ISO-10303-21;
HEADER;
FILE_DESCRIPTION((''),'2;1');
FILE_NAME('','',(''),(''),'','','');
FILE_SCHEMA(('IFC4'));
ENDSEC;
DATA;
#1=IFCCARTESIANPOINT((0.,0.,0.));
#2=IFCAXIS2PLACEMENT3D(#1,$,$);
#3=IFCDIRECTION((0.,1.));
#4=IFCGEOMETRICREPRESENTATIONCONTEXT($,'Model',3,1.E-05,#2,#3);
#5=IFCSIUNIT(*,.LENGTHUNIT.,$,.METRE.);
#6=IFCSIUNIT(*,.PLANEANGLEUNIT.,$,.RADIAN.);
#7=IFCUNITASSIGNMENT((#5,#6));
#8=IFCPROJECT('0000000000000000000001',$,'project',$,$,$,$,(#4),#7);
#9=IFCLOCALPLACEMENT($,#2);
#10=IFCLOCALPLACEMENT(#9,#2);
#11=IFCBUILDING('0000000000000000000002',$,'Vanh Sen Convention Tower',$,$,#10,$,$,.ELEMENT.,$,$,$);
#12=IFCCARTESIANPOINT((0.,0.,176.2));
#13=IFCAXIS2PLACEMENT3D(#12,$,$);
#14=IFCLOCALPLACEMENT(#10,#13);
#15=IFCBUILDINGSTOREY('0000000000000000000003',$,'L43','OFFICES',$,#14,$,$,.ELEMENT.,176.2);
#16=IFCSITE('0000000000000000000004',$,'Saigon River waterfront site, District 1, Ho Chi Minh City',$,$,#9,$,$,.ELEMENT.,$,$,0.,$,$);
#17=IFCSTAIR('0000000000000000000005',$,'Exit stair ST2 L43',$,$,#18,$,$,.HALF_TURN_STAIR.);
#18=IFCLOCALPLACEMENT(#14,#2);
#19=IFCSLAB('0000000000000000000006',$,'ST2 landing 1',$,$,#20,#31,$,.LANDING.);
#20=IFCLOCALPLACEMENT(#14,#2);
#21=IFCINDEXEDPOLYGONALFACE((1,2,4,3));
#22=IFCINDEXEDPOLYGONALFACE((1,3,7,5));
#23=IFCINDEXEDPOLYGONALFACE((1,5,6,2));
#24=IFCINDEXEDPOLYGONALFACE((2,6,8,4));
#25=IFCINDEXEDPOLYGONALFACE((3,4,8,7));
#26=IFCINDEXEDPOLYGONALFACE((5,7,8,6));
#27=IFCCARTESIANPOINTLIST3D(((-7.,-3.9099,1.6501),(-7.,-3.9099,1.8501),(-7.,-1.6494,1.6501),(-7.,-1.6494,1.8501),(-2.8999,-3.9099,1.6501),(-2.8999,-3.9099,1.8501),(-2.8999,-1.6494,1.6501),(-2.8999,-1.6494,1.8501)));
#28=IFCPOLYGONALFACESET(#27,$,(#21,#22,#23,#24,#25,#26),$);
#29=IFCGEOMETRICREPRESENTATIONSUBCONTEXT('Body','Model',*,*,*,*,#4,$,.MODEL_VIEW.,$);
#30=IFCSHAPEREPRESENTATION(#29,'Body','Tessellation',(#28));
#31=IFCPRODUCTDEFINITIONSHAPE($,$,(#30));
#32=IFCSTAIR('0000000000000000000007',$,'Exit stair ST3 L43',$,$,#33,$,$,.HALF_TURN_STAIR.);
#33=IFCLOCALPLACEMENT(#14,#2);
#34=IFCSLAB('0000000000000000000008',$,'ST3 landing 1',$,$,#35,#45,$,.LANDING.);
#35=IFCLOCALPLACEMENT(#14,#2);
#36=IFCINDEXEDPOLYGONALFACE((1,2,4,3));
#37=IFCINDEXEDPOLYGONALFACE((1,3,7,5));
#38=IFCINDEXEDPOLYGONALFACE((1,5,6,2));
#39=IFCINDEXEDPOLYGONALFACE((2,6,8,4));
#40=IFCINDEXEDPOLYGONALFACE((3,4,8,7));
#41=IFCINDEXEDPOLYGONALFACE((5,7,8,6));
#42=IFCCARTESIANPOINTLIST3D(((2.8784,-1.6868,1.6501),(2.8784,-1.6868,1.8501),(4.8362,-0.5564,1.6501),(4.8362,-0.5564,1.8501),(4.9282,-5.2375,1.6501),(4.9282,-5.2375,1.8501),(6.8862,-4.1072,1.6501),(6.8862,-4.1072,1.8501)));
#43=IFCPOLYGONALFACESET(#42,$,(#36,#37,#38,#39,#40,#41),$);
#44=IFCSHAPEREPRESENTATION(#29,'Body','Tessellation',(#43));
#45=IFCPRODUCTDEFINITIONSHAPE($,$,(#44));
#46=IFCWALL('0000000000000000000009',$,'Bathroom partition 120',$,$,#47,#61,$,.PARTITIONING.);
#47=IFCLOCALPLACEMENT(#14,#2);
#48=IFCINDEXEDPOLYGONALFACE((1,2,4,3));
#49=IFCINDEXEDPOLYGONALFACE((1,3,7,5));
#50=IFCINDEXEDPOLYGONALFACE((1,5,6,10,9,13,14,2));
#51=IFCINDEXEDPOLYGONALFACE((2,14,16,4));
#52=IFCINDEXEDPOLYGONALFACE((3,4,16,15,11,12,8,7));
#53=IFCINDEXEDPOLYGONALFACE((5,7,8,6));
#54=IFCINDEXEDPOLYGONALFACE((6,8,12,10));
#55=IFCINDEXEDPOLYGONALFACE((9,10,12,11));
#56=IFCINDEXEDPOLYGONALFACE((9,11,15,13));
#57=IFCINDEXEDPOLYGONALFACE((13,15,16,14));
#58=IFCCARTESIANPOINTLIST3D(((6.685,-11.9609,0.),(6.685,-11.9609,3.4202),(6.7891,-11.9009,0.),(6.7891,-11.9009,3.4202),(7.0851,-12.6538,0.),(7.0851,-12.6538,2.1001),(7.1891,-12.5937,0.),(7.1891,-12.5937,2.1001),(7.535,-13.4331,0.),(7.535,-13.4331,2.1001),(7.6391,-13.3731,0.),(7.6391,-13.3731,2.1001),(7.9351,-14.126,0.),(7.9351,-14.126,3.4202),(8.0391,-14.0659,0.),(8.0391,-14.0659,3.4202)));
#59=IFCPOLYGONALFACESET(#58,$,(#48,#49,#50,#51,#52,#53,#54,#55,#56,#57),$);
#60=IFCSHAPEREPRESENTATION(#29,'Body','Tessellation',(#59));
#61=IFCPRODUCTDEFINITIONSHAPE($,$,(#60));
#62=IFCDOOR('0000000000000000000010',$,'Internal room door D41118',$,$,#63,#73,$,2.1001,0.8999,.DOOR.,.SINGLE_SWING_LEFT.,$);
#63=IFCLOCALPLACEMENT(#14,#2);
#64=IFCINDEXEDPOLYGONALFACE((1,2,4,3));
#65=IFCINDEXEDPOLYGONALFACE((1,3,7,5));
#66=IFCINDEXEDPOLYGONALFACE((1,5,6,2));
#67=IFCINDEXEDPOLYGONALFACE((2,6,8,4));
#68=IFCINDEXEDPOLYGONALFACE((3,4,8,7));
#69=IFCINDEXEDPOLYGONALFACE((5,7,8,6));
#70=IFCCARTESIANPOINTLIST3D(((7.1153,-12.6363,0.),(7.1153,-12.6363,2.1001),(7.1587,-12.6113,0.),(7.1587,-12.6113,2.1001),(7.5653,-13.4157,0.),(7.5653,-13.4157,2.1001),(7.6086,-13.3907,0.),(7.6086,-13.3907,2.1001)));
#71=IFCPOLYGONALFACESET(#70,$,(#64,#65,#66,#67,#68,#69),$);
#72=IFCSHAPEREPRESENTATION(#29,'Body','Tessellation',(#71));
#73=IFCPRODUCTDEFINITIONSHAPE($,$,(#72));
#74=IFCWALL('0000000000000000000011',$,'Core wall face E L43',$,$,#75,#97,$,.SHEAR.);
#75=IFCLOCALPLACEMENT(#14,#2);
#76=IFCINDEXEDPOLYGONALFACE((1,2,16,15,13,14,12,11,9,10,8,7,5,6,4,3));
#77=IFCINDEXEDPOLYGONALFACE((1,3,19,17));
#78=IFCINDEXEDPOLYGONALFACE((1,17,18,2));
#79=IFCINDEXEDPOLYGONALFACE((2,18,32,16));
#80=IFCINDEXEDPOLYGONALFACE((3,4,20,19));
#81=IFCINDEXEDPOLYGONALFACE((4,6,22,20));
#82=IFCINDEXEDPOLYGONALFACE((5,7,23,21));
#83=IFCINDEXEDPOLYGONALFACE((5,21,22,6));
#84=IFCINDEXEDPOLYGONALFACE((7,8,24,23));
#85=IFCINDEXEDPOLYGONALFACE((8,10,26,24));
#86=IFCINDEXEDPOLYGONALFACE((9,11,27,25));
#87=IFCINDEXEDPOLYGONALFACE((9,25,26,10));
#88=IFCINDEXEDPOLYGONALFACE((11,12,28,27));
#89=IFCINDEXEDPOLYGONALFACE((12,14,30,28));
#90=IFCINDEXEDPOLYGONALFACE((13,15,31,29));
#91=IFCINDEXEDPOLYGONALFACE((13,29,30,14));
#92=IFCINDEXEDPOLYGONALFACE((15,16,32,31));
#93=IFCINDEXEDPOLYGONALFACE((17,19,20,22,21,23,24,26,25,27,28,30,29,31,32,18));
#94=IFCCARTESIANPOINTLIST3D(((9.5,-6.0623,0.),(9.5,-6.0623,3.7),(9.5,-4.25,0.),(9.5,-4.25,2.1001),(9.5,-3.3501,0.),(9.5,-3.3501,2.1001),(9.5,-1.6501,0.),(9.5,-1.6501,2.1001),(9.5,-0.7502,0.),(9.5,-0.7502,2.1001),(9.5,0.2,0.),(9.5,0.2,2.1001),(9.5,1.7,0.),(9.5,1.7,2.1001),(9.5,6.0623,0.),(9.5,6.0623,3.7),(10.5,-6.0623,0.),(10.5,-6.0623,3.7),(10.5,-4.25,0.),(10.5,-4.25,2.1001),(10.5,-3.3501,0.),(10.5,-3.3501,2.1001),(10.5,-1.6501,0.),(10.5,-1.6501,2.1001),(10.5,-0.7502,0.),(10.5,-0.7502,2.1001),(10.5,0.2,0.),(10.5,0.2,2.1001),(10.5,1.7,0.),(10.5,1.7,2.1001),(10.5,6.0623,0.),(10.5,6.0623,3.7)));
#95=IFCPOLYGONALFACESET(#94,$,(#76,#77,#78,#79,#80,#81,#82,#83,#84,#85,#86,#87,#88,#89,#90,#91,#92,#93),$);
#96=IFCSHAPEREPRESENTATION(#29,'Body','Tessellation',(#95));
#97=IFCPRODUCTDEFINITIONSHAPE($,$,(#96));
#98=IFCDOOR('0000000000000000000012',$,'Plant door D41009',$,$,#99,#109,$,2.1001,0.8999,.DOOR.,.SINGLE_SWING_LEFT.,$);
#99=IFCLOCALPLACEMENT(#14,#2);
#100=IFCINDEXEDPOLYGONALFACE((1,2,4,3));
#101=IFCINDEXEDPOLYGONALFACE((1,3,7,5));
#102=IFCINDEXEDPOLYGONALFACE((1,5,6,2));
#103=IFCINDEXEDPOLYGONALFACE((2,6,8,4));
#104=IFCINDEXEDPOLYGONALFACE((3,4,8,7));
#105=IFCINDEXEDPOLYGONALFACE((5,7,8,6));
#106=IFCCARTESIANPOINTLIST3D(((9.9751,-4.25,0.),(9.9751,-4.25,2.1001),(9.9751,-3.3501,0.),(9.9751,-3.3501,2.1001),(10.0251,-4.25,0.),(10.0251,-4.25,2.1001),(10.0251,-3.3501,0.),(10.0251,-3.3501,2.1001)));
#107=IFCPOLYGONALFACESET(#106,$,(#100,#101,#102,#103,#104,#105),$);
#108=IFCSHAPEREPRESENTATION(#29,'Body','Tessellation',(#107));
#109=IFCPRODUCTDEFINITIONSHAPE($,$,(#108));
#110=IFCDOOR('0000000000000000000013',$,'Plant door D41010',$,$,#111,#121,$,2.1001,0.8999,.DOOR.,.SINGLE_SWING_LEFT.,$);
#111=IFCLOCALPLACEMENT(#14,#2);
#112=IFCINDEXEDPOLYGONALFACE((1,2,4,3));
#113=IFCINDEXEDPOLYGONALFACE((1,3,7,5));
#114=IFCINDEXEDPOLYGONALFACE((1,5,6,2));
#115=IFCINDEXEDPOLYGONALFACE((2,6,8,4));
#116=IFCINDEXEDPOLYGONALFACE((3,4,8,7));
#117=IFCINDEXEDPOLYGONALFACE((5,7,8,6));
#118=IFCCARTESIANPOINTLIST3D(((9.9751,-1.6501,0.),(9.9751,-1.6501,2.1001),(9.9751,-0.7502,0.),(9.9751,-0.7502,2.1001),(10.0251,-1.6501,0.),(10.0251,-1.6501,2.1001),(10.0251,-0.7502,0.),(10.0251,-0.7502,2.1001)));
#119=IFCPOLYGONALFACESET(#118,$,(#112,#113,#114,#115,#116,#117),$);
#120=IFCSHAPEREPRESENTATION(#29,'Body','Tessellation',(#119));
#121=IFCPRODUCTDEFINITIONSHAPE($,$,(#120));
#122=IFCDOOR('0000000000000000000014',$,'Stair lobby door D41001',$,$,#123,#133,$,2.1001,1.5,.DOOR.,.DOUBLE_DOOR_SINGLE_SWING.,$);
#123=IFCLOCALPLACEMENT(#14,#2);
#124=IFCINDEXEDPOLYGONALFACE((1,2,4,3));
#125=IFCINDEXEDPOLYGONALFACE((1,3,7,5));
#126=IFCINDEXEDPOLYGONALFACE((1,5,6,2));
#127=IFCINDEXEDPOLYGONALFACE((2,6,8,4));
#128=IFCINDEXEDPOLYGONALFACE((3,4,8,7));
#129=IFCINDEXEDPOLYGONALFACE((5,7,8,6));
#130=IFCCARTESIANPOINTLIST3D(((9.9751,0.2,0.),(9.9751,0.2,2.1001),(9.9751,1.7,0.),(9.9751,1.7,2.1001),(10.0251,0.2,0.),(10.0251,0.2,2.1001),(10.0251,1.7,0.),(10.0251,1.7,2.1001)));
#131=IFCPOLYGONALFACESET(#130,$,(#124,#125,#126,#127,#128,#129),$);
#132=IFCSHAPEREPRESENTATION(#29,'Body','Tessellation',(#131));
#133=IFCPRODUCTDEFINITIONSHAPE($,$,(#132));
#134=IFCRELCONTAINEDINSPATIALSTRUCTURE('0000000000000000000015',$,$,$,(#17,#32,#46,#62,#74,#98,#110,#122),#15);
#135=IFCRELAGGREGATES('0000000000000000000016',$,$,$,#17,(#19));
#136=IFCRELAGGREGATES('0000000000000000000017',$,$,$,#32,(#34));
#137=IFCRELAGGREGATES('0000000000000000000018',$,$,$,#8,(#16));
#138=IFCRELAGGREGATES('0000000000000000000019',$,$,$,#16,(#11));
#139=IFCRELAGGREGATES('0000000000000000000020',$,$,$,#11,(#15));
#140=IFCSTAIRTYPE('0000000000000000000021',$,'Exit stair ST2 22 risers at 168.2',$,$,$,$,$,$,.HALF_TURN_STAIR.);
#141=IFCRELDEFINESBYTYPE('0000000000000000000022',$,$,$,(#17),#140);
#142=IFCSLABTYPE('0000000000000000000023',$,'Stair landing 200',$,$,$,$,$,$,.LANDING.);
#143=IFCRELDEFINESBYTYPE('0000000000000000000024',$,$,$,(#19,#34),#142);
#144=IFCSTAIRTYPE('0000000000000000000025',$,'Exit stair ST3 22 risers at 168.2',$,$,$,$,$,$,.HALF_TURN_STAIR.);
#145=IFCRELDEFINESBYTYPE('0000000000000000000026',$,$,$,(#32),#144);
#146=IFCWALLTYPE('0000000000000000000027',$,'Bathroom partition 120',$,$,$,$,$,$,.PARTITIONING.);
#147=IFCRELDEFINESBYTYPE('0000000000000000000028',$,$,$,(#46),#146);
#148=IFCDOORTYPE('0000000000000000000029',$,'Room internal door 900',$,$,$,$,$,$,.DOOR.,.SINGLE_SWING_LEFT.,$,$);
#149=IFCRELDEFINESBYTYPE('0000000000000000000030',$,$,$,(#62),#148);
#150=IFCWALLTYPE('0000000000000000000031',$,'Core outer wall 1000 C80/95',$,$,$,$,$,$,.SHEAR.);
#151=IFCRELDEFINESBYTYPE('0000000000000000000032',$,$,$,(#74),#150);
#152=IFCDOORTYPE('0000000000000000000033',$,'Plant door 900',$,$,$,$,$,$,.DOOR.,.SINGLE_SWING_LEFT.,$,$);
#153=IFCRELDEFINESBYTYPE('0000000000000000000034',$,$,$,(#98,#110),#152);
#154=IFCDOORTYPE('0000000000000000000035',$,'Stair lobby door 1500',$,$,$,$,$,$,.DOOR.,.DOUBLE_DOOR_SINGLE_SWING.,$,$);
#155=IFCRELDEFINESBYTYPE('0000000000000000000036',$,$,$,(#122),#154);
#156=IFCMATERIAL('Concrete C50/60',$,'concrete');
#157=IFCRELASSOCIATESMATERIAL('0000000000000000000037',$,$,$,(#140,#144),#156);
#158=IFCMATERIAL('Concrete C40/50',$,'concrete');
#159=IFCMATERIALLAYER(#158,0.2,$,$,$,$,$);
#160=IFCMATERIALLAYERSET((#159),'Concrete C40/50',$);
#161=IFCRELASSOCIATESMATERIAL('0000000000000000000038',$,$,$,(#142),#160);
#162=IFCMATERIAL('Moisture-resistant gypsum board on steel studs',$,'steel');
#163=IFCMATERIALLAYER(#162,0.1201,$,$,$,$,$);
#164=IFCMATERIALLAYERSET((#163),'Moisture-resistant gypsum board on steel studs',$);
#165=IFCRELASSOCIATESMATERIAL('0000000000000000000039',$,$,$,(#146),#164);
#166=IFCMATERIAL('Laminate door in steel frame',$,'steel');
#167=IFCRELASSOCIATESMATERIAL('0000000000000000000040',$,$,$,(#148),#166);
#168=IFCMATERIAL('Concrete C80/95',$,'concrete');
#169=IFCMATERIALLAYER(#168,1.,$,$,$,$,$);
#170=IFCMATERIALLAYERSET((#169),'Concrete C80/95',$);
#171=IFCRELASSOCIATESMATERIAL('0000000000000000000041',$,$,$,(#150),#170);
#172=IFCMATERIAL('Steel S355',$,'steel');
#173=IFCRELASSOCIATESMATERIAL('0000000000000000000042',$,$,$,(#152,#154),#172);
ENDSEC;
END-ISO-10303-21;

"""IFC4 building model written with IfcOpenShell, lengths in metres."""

from ifc_helpers import new_model, si_unit, direction, frame, frame_2d, origin, place, context, subcontext, project, spatial, polyline, rectangle, outline, extrude, material, layer, layer_set, type_object, element, fill, aggregate, save


model = new_model("IFC4")

# Units and contexts
model_context = context("Model", 3, precision=1e-05, world=origin(), true_north=direction((0.0, 1.0)))
body_context = subcontext(model_context, "Body", "Model", "MODEL_VIEW")
ifc_project = project(units=[si_unit("LENGTHUNIT", "METRE"), si_unit("PLANEANGLEUNIT", "RADIAN")], contexts=[model_context])

# Site, building, storey
site_placement = place(None, origin())
site = spatial("IfcSite", under=ifc_project, at=site_placement, Name="Saigon River waterfront site, District 1, Ho Chi Minh City", CompositionType="ELEMENT", RefElevation=0.0)
building_placement = place(site_placement, origin())
building = spatial("IfcBuilding", under=site, at=building_placement, Name="Vanh Sen Convention Tower", CompositionType="ELEMENT")
storey_placement = place(building_placement, frame((0.0, 0.0, 176.2)))
storey = spatial("IfcBuildingStorey", under=building, at=storey_placement, Name="L43", Description="OFFICES", CompositionType="ELEMENT", Elevation=176.2)

# Stairs, slabs
ifc_material_1 = material(Name="Concrete C50/60", Category="concrete")
stair_type_1 = type_object("IfcStairType", Name="Exit stair ST2 22 risers at 168.2", PredefinedType="HALF_TURN_STAIR", material=ifc_material_1)
stair_1_placement = place(storey_placement, origin())
stair_1 = element("IfcStair", 1, at=stair_1_placement, inside=storey, type_object=stair_type_1, Name="Exit stair ST2 L43", PredefinedType="HALF_TURN_STAIR")
ifc_material_2 = material(Name="Concrete C40/50", Category="concrete")
ifc_layer_1 = layer(ifc_material_2, 0.2)
ifc_layer_set_1 = layer_set([ifc_layer_1], Name="Concrete C40/50")
slab_type = type_object("IfcSlabType", Name="Stair landing 200", PredefinedType="LANDING", material=ifc_layer_set_1)
slab_1_placement = place(storey_placement, frame((0.0, 0.0, 1.6501)))
slab_1 = element("IfcSlab", 2, at=slab_1_placement, type_object=slab_type, Name="ST2 landing 1", PredefinedType="LANDING", context=body_context, shape_type="SweptSolid", body=[
    extrude(outline(polyline([(-7.0, -1.6494), (-7.0, -3.9099), (-2.8999, -3.9099), (-2.8999, -1.6494), (-7.0, -1.6494)])), origin(), (0.0, 0.0, 1.0), 0.2),
])
aggregate(stair_1, [slab_1])
stair_type_2 = type_object("IfcStairType", Name="Exit stair ST3 22 risers at 168.2", PredefinedType="HALF_TURN_STAIR", material=ifc_material_1)
stair_2_placement = place(storey_placement, origin())
stair_2 = element("IfcStair", 3, at=stair_2_placement, inside=storey, type_object=stair_type_2, Name="Exit stair ST3 L43", PredefinedType="HALF_TURN_STAIR")
slab_2_placement = place(storey_placement, frame((0.0, 0.0, 1.6501)))
slab_2 = element("IfcSlab", 4, at=slab_2_placement, type_object=slab_type, Name="ST3 landing 1", PredefinedType="LANDING", context=body_context, shape_type="SweptSolid", body=[
    extrude(outline(polyline([(4.9282, -5.2375), (6.8862, -4.1072), (4.8362, -0.5564), (2.8784, -1.6868), (4.9282, -5.2375)])), origin(), (0.0, 0.0, 1.0), 0.2),
])
aggregate(stair_2, [slab_2])

# Wall, opening, door
ifc_material_3 = material(Name="Moisture-resistant gypsum board on steel studs", Category="steel")
ifc_layer_2 = layer(ifc_material_3, 0.1201)
ifc_layer_set_2 = layer_set([ifc_layer_2], Name="Moisture-resistant gypsum board on steel studs")
wall_type_1 = type_object("IfcWallType", Name="Bathroom partition 120", PredefinedType="PARTITIONING", material=ifc_layer_set_2)
wall_1_placement = place(storey_placement, frame((6.7371, -11.9309, 0.0), z_axis=(0.0, 0.0, 1.0), x_axis=(0.500004, -0.866023, 0.0)))
wall_1 = element("IfcWall", 5, at=wall_1_placement, inside=storey, type_object=wall_type_1, Name="Bathroom partition 120", PredefinedType="PARTITIONING", context=body_context, shape_type="SweptSolid", body=[
    extrude(rectangle(XDim=2.5, YDim=0.1201, at=frame_2d((1.25, 0.0))), origin(), (0.0, 0.0, 1.0), 3.4202),
])
opening_1_placement = place(wall_1_placement, frame((0.8, 0.0, 0.0)))
opening_1 = element("IfcOpeningElement", 6, at=opening_1_placement, cuts=wall_1, PredefinedType="OPENING", context=body_context, shape_type="SweptSolid", body=[
    extrude(rectangle(XDim=0.8999, YDim=2.1001, at=frame_2d((0.45, 1.05))), frame((0.0, 0.0701, 0.0), z_axis=(0.0, -1.0, 0.0), x_axis=(1.0, 0.0, 0.0)), (0.0, 0.0, 1.0), 0.1401),
])
ifc_material_4 = material(Name="Laminate door in steel frame", Category="steel")
door_type_1 = type_object("IfcDoorType", Name="Room internal door 900", OperationType="SINGLE_SWING_LEFT", PredefinedType="DOOR", material=ifc_material_4)
door_1_placement = place(opening_1_placement, origin())
door_1 = element("IfcDoor", 7, at=door_1_placement, inside=storey, type_object=door_type_1, Name="Internal room door D41118", OperationType="SINGLE_SWING_LEFT", OverallHeight=2.1001, OverallWidth=0.8999, PredefinedType="DOOR", context=body_context, shape_type="SweptSolid", body=[
    extrude(rectangle(XDim=0.8999, YDim=2.1001, at=frame_2d((0.45, 1.05))), frame((0.0, 0.0249, 0.0), z_axis=(0.0, -1.0, 0.0), x_axis=(1.0, 0.0, 0.0)), (0.0, 0.0, 1.0), 0.05),
])
fill(opening_1, door_1)

# Wall, openings, doors
ifc_material_5 = material(Name="Concrete C80/95", Category="concrete")
ifc_layer_3 = layer(ifc_material_5, 1.0)
ifc_layer_set_3 = layer_set([ifc_layer_3], Name="Concrete C80/95")
wall_type_2 = type_object("IfcWallType", Name="Core outer wall 1000 C80/95", PredefinedType="SHEAR", material=ifc_layer_set_3)
wall_2_placement = place(storey_placement, frame((10.0, -6.0623, 0.0), z_axis=(0.0, 0.0, 1.0), x_axis=(0.0, 1.0, 0.0)))
wall_2 = element("IfcWall", 8, at=wall_2_placement, inside=storey, type_object=wall_type_2, Name="Core wall face E L43", PredefinedType="SHEAR", context=body_context, shape_type="SweptSolid", body=[
    extrude(rectangle(XDim=12.1245, YDim=1.0, at=frame_2d((6.0623, 0.0))), origin(), (0.0, 0.0, 1.0), 3.7),
])
opening_2_placement = place(wall_2_placement, frame((6.2622, 0.0, 0.0)))
opening_2 = element("IfcOpeningElement", 9, at=opening_2_placement, cuts=wall_2, PredefinedType="OPENING", context=body_context, shape_type="SweptSolid", body=[
    extrude(rectangle(XDim=1.5, YDim=2.1001, at=frame_2d((0.75, 1.05))), frame((0.0, 0.51, 0.0), z_axis=(0.0, -1.0, 0.0), x_axis=(1.0, 0.0, 0.0)), (0.0, 0.0, 1.0), 1.02),
])
opening_3_placement = place(wall_2_placement, frame((1.8123, 0.0, 0.0)))
opening_3 = element("IfcOpeningElement", 10, at=opening_3_placement, cuts=wall_2, PredefinedType="OPENING", context=body_context, shape_type="SweptSolid", body=[
    extrude(rectangle(XDim=0.8999, YDim=2.1001, at=frame_2d((0.45, 1.05))), frame((0.0, 0.51, 0.0), z_axis=(0.0, -1.0, 0.0), x_axis=(1.0, 0.0, 0.0)), (0.0, 0.0, 1.0), 1.02),
])
opening_4_placement = place(wall_2_placement, frame((4.4121, 0.0, 0.0)))
opening_4 = element("IfcOpeningElement", 11, at=opening_4_placement, cuts=wall_2, PredefinedType="OPENING", context=body_context, shape_type="SweptSolid", body=[
    extrude(rectangle(XDim=0.8999, YDim=2.1001, at=frame_2d((0.45, 1.05))), frame((0.0, 0.51, 0.0), z_axis=(0.0, -1.0, 0.0), x_axis=(1.0, 0.0, 0.0)), (0.0, 0.0, 1.0), 1.02),
])
ifc_material_6 = material(Name="Steel S355", Category="steel")
door_type_2 = type_object("IfcDoorType", Name="Plant door 900", OperationType="SINGLE_SWING_LEFT", PredefinedType="DOOR", material=ifc_material_6)
door_2_placement = place(opening_3_placement, origin())
door_2 = element("IfcDoor", 12, at=door_2_placement, inside=storey, type_object=door_type_2, Name="Plant door D41009", OperationType="SINGLE_SWING_LEFT", OverallHeight=2.1001, OverallWidth=0.8999, PredefinedType="DOOR", context=body_context, shape_type="SweptSolid", body=[
    extrude(rectangle(XDim=0.8999, YDim=2.1001, at=frame_2d((0.45, 1.05))), frame((0.0, 0.0249, 0.0), z_axis=(0.0, -1.0, 0.0), x_axis=(1.0, 0.0, 0.0)), (0.0, 0.0, 1.0), 0.05),
])
fill(opening_3, door_2)
door_3_placement = place(opening_4_placement, origin())
door_3 = element("IfcDoor", 13, at=door_3_placement, inside=storey, type_object=door_type_2, Name="Plant door D41010", OperationType="SINGLE_SWING_LEFT", OverallHeight=2.1001, OverallWidth=0.8999, PredefinedType="DOOR", context=body_context, shape_type="SweptSolid", body=[
    extrude(rectangle(XDim=0.8999, YDim=2.1001, at=frame_2d((0.45, 1.05))), frame((0.0, 0.0249, 0.0), z_axis=(0.0, -1.0, 0.0), x_axis=(1.0, 0.0, 0.0)), (0.0, 0.0, 1.0), 0.05),
])
fill(opening_4, door_3)
door_type_3 = type_object("IfcDoorType", Name="Stair lobby door 1500", OperationType="DOUBLE_DOOR_SINGLE_SWING", PredefinedType="DOOR", material=ifc_material_6)
door_4_placement = place(opening_2_placement, origin())
door_4 = element("IfcDoor", 14, at=door_4_placement, inside=storey, type_object=door_type_3, Name="Stair lobby door D41001", OperationType="DOUBLE_DOOR_SINGLE_SWING", OverallHeight=2.1001, OverallWidth=1.5, PredefinedType="DOOR", context=body_context, shape_type="SweptSolid", body=[
    extrude(rectangle(XDim=1.5, YDim=2.1001, at=frame_2d((0.75, 1.05))), frame((0.0, 0.0249, 0.0), z_axis=(0.0, -1.0, 0.0), x_axis=(1.0, 0.0, 0.0)), (0.0, 0.0, 1.0), 0.05),
])
fill(opening_2, door_4)

save(model, "model.ifc")
